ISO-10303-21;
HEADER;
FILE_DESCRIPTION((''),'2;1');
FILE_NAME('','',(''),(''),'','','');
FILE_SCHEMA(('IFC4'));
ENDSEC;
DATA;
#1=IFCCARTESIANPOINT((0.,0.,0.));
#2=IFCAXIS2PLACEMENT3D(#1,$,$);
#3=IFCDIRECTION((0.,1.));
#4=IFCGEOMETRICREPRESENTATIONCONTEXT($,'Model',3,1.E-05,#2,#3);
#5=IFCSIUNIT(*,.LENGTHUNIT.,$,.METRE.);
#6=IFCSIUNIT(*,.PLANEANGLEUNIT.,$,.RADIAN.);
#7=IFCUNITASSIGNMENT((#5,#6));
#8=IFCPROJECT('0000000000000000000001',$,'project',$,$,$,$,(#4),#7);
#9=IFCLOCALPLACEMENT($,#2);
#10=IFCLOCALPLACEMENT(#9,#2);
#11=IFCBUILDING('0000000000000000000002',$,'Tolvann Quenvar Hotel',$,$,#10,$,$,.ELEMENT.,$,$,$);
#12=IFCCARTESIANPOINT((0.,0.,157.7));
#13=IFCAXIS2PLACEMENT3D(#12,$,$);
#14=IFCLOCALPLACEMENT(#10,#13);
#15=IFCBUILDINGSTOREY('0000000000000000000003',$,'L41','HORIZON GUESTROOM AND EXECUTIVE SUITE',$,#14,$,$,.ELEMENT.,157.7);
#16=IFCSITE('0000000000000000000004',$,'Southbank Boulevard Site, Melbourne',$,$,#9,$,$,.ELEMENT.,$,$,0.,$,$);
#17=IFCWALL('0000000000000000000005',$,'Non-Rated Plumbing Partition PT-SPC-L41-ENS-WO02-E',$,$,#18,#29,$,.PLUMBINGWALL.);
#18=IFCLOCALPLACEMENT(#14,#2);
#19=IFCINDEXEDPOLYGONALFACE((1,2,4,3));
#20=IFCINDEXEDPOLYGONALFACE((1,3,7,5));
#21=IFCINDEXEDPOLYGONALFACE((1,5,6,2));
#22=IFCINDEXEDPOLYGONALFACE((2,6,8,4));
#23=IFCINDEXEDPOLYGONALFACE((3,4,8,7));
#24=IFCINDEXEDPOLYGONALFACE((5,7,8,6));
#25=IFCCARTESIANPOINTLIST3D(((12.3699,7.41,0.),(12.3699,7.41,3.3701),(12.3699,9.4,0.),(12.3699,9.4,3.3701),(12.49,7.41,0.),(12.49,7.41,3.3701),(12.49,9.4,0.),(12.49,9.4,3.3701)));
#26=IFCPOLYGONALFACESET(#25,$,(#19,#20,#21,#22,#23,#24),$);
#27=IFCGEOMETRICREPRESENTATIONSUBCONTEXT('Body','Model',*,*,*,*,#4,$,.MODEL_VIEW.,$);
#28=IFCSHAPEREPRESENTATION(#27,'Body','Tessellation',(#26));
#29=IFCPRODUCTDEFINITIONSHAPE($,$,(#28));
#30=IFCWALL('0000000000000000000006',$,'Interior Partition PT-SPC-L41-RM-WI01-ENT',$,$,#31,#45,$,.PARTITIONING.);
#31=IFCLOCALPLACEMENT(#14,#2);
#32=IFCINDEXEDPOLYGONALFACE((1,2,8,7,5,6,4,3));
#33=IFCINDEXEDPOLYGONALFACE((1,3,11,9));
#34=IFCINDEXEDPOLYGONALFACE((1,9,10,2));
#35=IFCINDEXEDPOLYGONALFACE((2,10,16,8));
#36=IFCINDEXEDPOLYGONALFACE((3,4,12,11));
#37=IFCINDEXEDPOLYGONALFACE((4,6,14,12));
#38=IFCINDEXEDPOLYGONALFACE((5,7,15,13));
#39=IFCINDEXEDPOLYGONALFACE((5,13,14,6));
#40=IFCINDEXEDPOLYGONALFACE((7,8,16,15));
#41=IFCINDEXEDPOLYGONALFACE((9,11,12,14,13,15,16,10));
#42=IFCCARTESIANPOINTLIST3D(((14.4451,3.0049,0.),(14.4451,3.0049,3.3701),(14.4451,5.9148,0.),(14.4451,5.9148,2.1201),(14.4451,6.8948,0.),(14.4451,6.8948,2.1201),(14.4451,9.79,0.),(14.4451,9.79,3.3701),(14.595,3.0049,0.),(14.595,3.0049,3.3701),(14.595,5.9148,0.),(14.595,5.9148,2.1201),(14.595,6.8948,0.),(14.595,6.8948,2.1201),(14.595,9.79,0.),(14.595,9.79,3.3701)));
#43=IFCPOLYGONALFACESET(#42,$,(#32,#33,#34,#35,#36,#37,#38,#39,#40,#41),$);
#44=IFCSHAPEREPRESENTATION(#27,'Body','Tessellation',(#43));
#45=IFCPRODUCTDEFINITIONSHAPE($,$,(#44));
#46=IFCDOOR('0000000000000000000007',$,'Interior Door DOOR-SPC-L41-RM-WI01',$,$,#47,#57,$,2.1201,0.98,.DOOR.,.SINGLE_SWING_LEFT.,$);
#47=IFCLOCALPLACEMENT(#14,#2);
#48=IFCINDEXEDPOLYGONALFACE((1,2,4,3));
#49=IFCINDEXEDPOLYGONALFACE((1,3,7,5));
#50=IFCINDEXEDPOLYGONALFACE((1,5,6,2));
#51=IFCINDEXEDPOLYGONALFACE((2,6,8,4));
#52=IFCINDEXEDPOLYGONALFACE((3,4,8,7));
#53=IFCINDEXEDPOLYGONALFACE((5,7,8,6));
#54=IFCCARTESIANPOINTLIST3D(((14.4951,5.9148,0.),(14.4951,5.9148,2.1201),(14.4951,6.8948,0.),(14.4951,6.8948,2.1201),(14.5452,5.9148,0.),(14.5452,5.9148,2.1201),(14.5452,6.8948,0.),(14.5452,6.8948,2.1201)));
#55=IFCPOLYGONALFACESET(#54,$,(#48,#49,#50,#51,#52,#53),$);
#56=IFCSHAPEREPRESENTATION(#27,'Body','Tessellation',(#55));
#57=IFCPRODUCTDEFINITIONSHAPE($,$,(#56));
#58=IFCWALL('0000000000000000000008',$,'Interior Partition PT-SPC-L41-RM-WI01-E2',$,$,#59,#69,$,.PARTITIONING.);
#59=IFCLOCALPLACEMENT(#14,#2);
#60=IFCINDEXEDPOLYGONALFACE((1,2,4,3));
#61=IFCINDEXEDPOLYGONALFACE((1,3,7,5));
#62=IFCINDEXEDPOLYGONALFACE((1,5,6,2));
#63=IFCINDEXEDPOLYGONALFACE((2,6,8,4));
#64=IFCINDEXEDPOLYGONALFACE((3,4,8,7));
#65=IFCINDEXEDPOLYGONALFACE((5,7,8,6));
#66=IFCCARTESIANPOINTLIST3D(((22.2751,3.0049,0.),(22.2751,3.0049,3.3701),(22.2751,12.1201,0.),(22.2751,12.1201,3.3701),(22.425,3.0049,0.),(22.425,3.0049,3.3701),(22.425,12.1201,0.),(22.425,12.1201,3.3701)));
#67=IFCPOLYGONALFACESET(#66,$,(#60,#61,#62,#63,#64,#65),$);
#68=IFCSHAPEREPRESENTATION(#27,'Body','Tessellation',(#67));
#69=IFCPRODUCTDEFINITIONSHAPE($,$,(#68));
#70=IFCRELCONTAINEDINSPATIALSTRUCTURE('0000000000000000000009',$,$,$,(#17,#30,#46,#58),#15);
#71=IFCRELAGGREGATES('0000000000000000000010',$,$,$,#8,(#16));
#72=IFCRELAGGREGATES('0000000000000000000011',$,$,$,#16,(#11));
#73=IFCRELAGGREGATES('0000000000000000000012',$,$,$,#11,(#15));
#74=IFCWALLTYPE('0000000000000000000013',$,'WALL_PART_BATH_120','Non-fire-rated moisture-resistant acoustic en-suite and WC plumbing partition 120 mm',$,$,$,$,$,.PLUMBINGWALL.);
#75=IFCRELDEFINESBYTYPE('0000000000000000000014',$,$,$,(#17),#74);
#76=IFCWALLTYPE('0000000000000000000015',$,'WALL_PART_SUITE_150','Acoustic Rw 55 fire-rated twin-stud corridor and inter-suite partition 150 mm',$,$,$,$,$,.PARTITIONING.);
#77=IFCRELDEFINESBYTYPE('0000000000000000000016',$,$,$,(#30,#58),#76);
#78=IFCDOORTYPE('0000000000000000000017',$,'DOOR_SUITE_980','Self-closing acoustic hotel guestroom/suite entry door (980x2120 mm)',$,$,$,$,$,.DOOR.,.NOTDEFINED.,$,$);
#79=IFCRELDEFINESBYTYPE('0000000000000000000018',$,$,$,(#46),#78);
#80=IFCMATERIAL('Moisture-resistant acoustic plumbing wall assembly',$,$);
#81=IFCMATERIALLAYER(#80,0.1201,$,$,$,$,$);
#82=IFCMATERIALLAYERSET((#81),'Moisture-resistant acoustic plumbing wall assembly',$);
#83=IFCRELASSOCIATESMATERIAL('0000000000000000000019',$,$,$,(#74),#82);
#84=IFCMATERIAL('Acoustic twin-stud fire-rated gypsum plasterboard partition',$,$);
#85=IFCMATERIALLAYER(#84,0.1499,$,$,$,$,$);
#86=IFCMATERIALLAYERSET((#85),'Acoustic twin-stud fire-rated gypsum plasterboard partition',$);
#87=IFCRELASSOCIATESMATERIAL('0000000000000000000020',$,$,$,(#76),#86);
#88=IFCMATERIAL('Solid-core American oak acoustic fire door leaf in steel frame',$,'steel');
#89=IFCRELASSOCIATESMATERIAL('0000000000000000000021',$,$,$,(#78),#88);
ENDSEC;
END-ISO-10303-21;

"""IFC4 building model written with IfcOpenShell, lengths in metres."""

from ifc_helpers import new_model, si_unit, direction, frame, frame_2d, origin, place, context, subcontext, project, spatial, rectangle, extrude, source, transform, mapped, material, layer, layer_set, type_object, type_shapes, element, fill, save


model = new_model("IFC4")

# Units and contexts
model_context = context("Model", 3, precision=1e-05, world=origin(), true_north=direction((0.0, 1.0)))
body_context = subcontext(model_context, "Body", "Model", "MODEL_VIEW")
ifc_project = project(units=[si_unit("LENGTHUNIT", "METRE"), si_unit("PLANEANGLEUNIT", "RADIAN")], contexts=[model_context])

# Site, building, storey
site_placement = place(None, origin())
site = spatial("IfcSite", under=ifc_project, at=site_placement, Name="Southbank Boulevard Site, Melbourne", CompositionType="ELEMENT", RefElevation=0.0)
building_placement = place(site_placement, origin())
building = spatial("IfcBuilding", under=site, at=building_placement, Name="Tolvann Quenvar Hotel", CompositionType="ELEMENT")
storey_placement = place(building_placement, frame((0.0, 0.0, 157.7)))
storey = spatial("IfcBuildingStorey", under=building, at=storey_placement, Name="L41", Description="HORIZON GUESTROOM AND EXECUTIVE SUITE", CompositionType="ELEMENT", Elevation=157.7)

# Wall
ifc_material_1 = material(Name="Moisture-resistant acoustic plumbing wall assembly")
ifc_layer_1 = layer(ifc_material_1, 0.1201)
ifc_layer_set_1 = layer_set([ifc_layer_1], Name="Moisture-resistant acoustic plumbing wall assembly")
wall_type_1 = type_object("IfcWallType", Name="WALL_PART_BATH_120", Description="Non-fire-rated moisture-resistant acoustic en-suite and WC plumbing partition 120 mm", PredefinedType="PLUMBINGWALL", material=ifc_layer_set_1)
for number, where, z_axis, x_axis, name in (
    (1, (12.4299, 7.4099, 0.0), (0.0, 0.0, 1.0), (0.0, 1.0, 0.0), "Non-Rated Plumbing Partition PT-SPC-L41-ENS-WO02-E"),
):
    element("IfcWall", number, at=place(storey_placement, frame(where, z_axis=z_axis, x_axis=x_axis)), inside=storey, type_object=wall_type_1, Name=name, PredefinedType="PLUMBINGWALL", context=body_context, shape_type="SweptSolid", body=[
        extrude(rectangle(XDim=1.99, YDim=0.1201, at=frame_2d((0.9951, 0.0))), origin(), (0.0, 0.0, 1.0), 3.3701),
    ])

# Wall, opening, door
ifc_material_2 = material(Name="Acoustic twin-stud fire-rated gypsum plasterboard partition")
ifc_layer_2 = layer(ifc_material_2, 0.1499)
ifc_layer_set_2 = layer_set([ifc_layer_2], Name="Acoustic twin-stud fire-rated gypsum plasterboard partition")
wall_type_2 = type_object("IfcWallType", Name="WALL_PART_SUITE_150", Description="Acoustic Rw 55 fire-rated twin-stud corridor and inter-suite partition 150 mm", PredefinedType="PARTITIONING", material=ifc_layer_set_2)
ifc_material_3 = material(Name="Solid-core American oak acoustic fire door leaf in steel frame", Category="steel")
door_type = type_object("IfcDoorType", Name="DOOR_SUITE_980", Description="Self-closing acoustic hotel guestroom/suite entry door (980x2120 mm)", OperationType="NOTDEFINED", PredefinedType="DOOR", material=ifc_material_3)
shared_shape_1 = source(origin(), body_context, "Body", "SweptSolid", [
    extrude(rectangle(XDim=0.98, YDim=2.1201, at=frame_2d((0.49, 1.0601))), frame((0.0, 0.0249, 0.0), z_axis=(0.0, -1.0, 0.0), x_axis=(1.0, 0.0, 0.0)), (0.0, 0.0, 1.0), 0.05),
])
type_shapes(door_type, [shared_shape_1])
wall_1_placement = place(storey_placement, frame((14.52, 3.0049, 0.0), z_axis=(0.0, 0.0, 1.0), x_axis=(0.0, 1.0, 0.0)))
wall_1 = element("IfcWall", 2, at=wall_1_placement, inside=storey, type_object=wall_type_2, Name="Interior Partition PT-SPC-L41-RM-WI01-ENT", PredefinedType="PARTITIONING", context=body_context, shape_type="SweptSolid", body=[
    extrude(rectangle(XDim=6.7852, YDim=0.1499, at=frame_2d((3.3926, 0.0))), origin(), (0.0, 0.0, 1.0), 3.3701),
])
opening_1_placement = place(wall_1_placement, frame((2.9099, 0.0, 0.0)))
opening_1 = element("IfcOpeningElement", 3, at=opening_1_placement, cuts=wall_1, PredefinedType="OPENING", context=body_context, shape_type="SweptSolid", body=[
    extrude(rectangle(XDim=0.98, YDim=2.1201, at=frame_2d((0.49, 1.0601))), frame((0.0, 0.085, 0.0), z_axis=(0.0, -1.0, 0.0), x_axis=(1.0, 0.0, 0.0)), (0.0, 0.0, 1.0), 0.1699),
])
door_1_placement = place(opening_1_placement, origin())
door_1 = element("IfcDoor", 4, at=door_1_placement, inside=storey, type_object=door_type, Name="Interior Door DOOR-SPC-L41-RM-WI01", OperationType="SINGLE_SWING_LEFT", OverallHeight=2.1201, OverallWidth=0.98, PredefinedType="DOOR", context=body_context, shape_type="MappedRepresentation", body=[
    mapped(shared_shape_1, transform((0.0, 0.0, 0.0), x_axis=(1.0, 0.0, 0.0), y_axis=(0.0, 1.0, 0.0), z_axis=(0.0, 0.0, 1.0), scale=1.0)),
])
fill(opening_1, door_1)

# Wall
wall_2_placement = place(storey_placement, frame((22.3501, 3.0049, 0.0), z_axis=(0.0, 0.0, 1.0), x_axis=(0.0, 1.0, 0.0)))
element("IfcWall", 5, at=wall_2_placement, inside=storey, type_object=wall_type_2, Name="Interior Partition PT-SPC-L41-RM-WI01-E2", PredefinedType="PARTITIONING", context=body_context, shape_type="SweptSolid", body=[
    extrude(rectangle(XDim=9.1152, YDim=0.1499, at=frame_2d((4.5576, 0.0))), origin(), (0.0, 0.0, 1.0), 3.3701),
])

save(model, "model.ifc")
